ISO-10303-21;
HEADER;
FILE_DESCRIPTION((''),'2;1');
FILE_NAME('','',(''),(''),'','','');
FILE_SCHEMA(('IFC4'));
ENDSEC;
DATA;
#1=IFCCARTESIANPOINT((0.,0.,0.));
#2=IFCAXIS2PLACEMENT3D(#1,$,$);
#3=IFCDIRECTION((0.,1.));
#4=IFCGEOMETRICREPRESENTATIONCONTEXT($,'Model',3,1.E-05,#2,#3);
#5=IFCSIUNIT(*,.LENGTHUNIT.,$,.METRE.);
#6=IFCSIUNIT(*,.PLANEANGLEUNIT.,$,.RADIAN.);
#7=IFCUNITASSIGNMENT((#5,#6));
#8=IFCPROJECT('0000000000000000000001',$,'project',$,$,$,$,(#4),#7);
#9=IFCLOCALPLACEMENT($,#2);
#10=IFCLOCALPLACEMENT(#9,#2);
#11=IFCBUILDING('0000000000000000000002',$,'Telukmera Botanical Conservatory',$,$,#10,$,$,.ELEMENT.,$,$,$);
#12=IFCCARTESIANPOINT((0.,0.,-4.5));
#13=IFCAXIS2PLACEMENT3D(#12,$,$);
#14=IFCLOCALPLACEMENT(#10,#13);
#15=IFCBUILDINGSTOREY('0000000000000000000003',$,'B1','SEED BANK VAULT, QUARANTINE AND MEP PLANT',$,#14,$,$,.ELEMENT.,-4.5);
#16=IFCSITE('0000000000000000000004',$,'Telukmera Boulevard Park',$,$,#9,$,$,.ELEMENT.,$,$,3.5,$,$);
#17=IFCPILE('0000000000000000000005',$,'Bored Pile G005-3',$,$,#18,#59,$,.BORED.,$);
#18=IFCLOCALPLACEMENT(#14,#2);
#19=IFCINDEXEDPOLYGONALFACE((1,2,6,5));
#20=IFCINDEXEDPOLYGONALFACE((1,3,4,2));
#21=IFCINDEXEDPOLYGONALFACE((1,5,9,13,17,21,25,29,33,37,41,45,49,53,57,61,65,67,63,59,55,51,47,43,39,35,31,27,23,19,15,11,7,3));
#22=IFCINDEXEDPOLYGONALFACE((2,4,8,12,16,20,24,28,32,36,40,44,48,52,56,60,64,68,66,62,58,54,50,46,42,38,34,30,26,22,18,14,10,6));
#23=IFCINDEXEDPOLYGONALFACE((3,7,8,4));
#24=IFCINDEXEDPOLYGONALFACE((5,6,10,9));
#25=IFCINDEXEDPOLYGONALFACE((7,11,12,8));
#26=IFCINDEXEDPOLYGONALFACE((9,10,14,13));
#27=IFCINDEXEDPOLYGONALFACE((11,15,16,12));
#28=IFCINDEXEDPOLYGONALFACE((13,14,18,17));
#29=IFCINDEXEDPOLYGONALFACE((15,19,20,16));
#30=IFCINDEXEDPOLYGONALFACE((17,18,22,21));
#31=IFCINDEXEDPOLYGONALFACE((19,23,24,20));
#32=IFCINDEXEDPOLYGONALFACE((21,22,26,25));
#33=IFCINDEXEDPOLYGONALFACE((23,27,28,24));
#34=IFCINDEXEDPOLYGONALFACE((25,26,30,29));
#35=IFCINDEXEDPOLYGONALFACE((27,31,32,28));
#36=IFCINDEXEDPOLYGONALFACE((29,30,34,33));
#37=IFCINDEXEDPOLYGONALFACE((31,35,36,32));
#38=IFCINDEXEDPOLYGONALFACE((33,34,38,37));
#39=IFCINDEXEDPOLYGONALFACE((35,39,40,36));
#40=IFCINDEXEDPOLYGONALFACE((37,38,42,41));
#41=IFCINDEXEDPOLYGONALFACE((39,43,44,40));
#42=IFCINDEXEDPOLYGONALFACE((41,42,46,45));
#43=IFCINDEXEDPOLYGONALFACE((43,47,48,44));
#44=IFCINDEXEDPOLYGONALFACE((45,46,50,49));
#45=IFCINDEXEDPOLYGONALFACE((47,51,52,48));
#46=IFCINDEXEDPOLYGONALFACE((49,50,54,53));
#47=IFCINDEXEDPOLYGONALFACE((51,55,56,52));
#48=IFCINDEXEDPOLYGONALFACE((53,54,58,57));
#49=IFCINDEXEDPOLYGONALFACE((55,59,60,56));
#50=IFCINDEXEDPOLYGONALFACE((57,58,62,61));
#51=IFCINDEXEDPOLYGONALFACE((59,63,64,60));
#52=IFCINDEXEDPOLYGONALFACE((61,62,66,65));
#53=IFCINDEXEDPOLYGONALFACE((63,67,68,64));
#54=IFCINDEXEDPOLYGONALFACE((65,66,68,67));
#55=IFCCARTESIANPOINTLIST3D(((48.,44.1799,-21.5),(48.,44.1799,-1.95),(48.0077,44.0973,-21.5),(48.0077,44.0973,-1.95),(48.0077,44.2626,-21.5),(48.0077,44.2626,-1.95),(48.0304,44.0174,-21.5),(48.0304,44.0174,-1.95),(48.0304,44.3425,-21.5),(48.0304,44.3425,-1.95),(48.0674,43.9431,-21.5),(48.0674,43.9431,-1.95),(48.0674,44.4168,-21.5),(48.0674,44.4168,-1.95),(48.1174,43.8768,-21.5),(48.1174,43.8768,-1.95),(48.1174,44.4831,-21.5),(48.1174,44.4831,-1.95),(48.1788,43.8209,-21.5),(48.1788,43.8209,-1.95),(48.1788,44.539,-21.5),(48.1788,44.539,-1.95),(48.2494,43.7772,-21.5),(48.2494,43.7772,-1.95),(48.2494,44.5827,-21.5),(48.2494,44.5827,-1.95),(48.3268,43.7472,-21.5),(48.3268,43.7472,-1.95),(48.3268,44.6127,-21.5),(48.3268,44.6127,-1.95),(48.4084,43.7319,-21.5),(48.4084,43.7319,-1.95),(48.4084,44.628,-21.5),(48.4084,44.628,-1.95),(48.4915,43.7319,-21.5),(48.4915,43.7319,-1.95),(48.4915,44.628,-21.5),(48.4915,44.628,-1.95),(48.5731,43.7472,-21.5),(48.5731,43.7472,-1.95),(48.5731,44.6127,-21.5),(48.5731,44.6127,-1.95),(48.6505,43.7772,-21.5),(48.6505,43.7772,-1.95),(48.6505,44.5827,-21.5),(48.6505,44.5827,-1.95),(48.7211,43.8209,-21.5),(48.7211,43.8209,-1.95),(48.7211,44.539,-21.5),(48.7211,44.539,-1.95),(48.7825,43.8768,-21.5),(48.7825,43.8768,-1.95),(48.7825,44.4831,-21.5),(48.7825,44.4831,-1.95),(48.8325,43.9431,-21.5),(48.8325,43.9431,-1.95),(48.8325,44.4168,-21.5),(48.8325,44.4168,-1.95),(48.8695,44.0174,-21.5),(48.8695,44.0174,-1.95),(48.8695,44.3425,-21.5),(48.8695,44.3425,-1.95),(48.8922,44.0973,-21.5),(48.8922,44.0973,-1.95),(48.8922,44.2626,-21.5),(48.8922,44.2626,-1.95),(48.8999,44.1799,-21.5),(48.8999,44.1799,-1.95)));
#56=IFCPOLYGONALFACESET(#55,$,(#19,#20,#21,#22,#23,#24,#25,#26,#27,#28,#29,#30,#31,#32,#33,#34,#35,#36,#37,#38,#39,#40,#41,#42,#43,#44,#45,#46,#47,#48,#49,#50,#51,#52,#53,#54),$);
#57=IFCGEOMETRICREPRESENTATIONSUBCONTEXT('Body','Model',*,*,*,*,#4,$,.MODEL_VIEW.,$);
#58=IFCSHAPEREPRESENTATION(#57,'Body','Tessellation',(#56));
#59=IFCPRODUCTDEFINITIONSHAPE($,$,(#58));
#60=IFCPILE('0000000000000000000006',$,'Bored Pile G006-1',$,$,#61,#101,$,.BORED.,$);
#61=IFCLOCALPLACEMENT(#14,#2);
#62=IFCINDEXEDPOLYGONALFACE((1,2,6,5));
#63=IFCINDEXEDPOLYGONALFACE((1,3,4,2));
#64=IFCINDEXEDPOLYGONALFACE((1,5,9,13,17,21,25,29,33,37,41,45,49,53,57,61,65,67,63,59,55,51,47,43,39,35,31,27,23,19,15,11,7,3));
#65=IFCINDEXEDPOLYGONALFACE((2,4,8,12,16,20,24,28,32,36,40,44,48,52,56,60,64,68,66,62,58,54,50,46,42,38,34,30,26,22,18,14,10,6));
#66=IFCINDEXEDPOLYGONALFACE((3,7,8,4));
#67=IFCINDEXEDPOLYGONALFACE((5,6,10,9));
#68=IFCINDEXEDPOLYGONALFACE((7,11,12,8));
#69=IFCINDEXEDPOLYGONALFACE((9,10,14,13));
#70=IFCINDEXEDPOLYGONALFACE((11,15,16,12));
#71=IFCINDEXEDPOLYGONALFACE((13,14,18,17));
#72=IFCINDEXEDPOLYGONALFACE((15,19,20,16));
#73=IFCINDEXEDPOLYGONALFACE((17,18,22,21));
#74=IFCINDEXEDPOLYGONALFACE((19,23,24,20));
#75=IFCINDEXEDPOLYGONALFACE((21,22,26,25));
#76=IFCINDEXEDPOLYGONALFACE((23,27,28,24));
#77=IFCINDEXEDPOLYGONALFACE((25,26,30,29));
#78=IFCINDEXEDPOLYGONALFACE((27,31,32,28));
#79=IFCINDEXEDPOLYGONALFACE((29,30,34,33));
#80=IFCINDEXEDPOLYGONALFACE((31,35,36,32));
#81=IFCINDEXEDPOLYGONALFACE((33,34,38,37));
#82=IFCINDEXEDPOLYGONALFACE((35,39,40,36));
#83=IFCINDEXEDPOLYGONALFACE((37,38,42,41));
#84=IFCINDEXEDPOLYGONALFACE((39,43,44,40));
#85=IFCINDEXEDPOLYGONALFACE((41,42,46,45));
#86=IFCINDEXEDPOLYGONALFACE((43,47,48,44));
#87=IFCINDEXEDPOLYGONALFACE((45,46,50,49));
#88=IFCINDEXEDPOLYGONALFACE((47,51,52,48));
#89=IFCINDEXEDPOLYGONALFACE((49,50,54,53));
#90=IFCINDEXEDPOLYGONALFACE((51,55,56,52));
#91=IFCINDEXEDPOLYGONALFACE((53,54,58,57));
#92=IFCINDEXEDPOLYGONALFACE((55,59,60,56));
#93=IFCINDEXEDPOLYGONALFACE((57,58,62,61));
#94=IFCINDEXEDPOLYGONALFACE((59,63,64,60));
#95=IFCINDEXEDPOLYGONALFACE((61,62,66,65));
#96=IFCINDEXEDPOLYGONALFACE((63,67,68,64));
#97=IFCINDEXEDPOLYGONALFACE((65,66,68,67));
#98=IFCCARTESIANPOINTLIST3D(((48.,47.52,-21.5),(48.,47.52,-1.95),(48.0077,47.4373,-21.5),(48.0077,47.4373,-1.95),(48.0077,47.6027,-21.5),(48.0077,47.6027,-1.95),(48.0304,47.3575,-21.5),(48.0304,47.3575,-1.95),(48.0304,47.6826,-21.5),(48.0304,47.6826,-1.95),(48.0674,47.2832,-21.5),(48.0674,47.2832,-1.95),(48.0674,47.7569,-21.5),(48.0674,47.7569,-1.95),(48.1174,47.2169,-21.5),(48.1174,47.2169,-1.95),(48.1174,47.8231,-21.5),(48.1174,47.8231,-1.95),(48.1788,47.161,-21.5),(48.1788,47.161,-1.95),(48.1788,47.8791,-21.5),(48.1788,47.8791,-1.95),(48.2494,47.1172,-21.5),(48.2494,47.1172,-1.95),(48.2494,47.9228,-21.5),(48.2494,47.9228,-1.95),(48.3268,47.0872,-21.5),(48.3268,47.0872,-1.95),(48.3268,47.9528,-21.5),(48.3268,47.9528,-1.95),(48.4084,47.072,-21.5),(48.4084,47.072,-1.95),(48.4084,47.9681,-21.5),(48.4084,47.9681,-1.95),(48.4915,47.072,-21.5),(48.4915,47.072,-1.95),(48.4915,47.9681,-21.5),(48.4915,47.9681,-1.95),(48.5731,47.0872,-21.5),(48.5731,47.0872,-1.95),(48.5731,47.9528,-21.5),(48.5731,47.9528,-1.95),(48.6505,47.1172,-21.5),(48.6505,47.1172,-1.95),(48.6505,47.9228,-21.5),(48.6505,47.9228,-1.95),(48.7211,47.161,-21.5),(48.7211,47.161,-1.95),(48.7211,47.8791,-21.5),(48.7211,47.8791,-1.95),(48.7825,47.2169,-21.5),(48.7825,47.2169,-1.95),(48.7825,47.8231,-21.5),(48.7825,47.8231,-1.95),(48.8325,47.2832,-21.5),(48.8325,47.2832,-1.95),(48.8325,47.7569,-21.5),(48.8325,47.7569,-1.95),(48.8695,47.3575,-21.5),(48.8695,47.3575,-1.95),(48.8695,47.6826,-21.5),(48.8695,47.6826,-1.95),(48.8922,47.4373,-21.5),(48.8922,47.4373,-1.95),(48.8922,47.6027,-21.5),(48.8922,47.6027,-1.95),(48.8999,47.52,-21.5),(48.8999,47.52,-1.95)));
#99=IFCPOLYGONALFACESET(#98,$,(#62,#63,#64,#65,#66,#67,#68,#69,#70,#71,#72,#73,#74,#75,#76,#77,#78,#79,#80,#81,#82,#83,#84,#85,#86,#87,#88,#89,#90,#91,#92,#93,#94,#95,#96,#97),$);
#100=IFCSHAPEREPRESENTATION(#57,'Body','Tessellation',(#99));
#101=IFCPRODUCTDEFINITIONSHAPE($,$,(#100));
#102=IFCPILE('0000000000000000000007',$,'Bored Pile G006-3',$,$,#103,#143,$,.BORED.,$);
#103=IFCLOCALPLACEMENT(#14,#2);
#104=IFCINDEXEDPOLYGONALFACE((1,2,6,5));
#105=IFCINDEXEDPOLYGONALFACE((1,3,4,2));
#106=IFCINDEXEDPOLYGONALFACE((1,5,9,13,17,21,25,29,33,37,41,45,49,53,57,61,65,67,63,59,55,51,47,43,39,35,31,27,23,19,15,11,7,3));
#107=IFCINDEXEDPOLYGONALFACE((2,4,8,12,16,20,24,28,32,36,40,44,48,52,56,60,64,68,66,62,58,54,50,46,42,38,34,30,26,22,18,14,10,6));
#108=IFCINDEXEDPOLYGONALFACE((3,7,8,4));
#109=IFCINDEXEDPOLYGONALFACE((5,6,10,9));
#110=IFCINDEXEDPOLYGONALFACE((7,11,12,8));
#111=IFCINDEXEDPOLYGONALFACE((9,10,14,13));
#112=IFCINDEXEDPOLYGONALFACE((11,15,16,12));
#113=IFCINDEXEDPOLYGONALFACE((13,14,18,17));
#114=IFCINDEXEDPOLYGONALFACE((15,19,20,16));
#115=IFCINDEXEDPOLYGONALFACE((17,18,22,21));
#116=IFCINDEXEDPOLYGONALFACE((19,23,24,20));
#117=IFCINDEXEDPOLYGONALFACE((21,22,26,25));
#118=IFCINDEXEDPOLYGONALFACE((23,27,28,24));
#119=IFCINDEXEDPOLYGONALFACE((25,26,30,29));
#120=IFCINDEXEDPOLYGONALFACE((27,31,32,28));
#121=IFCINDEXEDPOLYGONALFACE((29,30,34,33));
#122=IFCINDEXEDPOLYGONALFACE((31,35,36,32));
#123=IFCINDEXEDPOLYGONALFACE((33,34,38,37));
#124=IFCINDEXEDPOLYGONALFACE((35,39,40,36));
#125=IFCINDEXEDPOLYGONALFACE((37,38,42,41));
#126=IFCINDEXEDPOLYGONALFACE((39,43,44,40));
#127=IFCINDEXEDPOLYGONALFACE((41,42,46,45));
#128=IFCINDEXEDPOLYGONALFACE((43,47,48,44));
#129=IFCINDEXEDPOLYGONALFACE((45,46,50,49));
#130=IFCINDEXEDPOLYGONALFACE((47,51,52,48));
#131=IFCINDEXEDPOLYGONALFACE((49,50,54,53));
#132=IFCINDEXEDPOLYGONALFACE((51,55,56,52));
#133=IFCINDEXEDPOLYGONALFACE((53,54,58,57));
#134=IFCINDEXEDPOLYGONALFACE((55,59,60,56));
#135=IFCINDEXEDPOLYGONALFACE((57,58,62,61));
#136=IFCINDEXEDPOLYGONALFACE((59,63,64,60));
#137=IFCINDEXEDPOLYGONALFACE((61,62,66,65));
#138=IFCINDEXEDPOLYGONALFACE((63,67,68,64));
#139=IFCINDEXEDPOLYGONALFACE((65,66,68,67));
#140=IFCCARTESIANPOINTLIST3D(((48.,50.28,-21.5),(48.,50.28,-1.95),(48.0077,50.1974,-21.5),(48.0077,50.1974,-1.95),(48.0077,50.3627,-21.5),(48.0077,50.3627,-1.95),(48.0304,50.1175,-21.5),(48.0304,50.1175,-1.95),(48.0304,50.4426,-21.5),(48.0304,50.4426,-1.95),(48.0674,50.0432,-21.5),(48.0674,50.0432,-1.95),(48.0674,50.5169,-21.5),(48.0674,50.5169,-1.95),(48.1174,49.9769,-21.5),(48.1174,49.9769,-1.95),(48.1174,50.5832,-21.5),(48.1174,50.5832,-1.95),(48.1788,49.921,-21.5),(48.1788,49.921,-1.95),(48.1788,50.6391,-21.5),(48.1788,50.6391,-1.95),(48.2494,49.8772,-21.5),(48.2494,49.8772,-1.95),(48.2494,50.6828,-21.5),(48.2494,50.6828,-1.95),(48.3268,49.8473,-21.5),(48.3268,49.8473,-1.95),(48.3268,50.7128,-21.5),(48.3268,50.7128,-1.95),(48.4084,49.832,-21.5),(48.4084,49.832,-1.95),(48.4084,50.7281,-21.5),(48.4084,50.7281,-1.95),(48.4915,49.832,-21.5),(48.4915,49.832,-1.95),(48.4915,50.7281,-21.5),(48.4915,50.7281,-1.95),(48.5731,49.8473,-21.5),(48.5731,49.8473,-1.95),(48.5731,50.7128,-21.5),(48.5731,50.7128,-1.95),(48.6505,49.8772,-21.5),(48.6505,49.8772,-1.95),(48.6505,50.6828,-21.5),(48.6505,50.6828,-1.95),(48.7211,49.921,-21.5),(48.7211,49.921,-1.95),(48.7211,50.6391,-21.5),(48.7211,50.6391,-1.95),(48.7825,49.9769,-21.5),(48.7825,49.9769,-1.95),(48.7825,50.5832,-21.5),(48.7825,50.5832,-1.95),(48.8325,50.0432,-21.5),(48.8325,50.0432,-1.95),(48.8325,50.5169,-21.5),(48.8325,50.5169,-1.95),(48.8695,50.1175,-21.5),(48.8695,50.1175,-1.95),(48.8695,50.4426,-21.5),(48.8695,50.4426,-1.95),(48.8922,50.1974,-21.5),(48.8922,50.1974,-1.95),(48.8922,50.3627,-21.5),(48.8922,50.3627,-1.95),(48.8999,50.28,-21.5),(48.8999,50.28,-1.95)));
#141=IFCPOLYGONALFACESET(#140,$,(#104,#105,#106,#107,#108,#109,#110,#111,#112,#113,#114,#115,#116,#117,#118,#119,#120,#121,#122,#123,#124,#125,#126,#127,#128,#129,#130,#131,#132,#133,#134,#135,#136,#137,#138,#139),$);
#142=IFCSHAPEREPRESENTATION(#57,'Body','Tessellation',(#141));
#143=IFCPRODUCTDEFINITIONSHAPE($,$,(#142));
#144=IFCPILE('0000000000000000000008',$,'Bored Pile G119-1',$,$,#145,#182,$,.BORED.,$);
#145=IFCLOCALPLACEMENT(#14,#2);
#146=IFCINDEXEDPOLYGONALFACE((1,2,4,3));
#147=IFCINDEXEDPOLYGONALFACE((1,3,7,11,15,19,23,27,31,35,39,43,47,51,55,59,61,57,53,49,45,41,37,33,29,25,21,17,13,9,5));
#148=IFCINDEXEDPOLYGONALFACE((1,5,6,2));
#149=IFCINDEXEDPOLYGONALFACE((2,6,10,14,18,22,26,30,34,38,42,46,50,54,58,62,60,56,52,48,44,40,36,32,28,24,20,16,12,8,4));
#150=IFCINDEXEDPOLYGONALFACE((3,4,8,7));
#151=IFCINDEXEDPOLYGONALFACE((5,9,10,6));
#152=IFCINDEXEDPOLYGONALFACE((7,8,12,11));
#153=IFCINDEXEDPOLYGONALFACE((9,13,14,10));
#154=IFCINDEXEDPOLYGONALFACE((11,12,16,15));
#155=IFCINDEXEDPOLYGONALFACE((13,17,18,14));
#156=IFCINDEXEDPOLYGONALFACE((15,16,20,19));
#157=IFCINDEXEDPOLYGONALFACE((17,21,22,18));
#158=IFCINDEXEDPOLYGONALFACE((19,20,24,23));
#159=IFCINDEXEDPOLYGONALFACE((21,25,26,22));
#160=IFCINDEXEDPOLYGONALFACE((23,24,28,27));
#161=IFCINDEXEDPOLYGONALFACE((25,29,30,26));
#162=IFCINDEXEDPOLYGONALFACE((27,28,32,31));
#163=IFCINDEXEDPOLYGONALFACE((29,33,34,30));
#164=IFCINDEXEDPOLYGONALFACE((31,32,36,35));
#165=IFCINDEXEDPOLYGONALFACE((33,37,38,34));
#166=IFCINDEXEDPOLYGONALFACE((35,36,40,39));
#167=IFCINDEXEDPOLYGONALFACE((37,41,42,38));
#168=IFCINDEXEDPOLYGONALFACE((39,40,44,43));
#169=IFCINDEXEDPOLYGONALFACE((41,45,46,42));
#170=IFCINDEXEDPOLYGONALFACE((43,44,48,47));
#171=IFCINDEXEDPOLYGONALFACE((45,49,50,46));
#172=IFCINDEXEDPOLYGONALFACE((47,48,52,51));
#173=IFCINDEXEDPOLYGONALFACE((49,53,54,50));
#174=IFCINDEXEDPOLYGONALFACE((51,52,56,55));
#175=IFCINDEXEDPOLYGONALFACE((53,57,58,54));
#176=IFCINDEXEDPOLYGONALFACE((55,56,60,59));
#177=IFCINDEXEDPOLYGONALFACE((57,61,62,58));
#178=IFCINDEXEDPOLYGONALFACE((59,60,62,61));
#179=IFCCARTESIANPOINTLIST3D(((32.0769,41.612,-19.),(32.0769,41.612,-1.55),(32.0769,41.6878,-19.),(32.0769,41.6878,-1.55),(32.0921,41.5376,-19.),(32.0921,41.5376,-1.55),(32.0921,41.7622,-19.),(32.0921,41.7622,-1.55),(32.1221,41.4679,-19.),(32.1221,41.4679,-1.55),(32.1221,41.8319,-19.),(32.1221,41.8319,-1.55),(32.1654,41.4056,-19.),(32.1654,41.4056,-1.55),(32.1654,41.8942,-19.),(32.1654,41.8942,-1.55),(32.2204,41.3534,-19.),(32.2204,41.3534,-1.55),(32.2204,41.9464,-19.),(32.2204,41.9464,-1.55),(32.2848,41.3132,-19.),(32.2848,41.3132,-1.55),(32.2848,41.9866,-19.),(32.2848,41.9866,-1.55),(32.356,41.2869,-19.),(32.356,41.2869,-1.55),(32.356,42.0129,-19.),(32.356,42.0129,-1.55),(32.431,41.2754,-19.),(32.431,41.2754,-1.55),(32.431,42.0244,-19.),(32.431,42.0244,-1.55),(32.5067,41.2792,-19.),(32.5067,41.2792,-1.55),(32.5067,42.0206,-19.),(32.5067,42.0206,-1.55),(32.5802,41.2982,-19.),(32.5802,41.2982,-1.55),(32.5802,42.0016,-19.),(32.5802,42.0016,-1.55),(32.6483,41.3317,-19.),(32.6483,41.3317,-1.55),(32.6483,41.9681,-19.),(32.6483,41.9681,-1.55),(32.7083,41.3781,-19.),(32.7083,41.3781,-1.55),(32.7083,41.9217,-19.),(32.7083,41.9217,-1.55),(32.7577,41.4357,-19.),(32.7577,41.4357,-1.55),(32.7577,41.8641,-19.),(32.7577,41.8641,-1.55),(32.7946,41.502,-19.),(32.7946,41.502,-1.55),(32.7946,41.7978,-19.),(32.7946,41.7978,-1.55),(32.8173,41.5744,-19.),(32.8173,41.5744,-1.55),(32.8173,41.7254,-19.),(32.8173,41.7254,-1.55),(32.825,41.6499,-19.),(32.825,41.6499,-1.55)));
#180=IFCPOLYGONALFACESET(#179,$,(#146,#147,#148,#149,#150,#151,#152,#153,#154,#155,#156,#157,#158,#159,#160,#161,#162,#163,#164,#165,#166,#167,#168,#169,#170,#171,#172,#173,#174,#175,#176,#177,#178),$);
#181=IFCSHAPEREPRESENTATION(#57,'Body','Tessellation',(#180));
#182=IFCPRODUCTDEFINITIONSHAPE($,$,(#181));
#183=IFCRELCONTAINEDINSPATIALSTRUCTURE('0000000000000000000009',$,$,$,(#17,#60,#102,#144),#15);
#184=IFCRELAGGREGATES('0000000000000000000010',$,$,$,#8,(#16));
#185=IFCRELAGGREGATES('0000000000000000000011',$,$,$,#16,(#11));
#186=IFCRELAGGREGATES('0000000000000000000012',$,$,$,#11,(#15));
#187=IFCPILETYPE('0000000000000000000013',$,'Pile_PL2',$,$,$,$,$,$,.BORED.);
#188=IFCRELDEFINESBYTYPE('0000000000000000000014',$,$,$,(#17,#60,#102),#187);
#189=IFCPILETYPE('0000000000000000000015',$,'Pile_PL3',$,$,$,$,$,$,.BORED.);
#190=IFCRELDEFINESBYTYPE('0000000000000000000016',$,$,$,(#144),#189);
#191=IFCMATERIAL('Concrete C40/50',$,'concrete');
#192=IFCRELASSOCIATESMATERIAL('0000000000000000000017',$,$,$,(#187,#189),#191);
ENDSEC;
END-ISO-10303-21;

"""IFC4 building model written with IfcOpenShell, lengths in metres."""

from ifc_helpers import new_model, si_unit, direction, frame, origin, origin_2d, place, context, subcontext, project, spatial, circle, extrude, material, material_profile, profile_set, type_object, element, save


model = new_model("IFC4")

# Units and contexts
model_context = context("Model", 3, precision=1e-05, world=origin(), true_north=direction((0.0, 1.0)))
body_context = subcontext(model_context, "Body", "Model", "MODEL_VIEW")
ifc_project = project(units=[si_unit("LENGTHUNIT", "METRE"), si_unit("PLANEANGLEUNIT", "RADIAN")], contexts=[model_context])

# Site, building, storey
site_placement = place(None, origin())
site = spatial("IfcSite", under=ifc_project, at=site_placement, Name="Telukmera Boulevard Park", CompositionType="ELEMENT", RefElevation=3.5)
building_placement = place(site_placement, origin())
building = spatial("IfcBuilding", under=site, at=building_placement, Name="Telukmera Botanical Conservatory", CompositionType="ELEMENT")
storey_placement = place(building_placement, frame((0.0, 0.0, -4.5)))
storey = spatial("IfcBuildingStorey", under=building, at=storey_placement, Name="B1", Description="SEED BANK VAULT, QUARANTINE AND MEP PLANT", CompositionType="ELEMENT", Elevation=-4.5)

# Shared definitions
ifc_material_1 = material(Name="Concrete C40/50", Category="concrete")

# Piles
ifc_material_profile_1 = material_profile(ifc_material_1, circle(Radius=0.45, at=origin_2d()), Name="PILE D900")
ifc_profile_set_1 = profile_set([ifc_material_profile_1], Name="Concrete C40/50")
pile_type_1 = type_object("IfcPileType", Name="Pile_PL2", PredefinedType="BORED", material=ifc_profile_set_1)
for number, where, z_axis, x_axis, name in (
    (1, (48.45, 44.1799, -1.95), (0.0, 0.0, -1.0), (1.0, 0.0, 0.0), "Bored Pile G005-3"),
    (2, (48.45, 47.52, -1.95), (0.0, 0.0, -1.0), (1.0, 0.0, 0.0), "Bored Pile G006-1"),
    (3, (48.45, 50.28, -1.95), (0.0, 0.0, -1.0), (1.0, 0.0, 0.0), "Bored Pile G006-3"),
):
    element("IfcPile", number, at=place(storey_placement, frame(where, z_axis=z_axis, x_axis=x_axis)), inside=storey, type_object=pile_type_1, Name=name, PredefinedType="BORED", context=body_context, shape_type="SweptSolid", body=[
        extrude(circle(Radius=0.45, at=origin_2d()), origin(), (0.0, 0.0, 1.0), 19.55),
    ])
ifc_material_profile_2 = material_profile(ifc_material_1, circle(Radius=0.375, at=origin_2d()), Name="PILE D750")
ifc_profile_set_2 = profile_set([ifc_material_profile_2], Name="Concrete C40/50")
pile_type_2 = type_object("IfcPileType", Name="Pile_PL3", PredefinedType="BORED", material=ifc_profile_set_2)
for number, where, z_axis, x_axis, name in (
    (4, (32.45, 41.6499, -1.55), (0.0, 0.0, -1.0), (1.0, 0.0, 0.0), "Bored Pile G119-1"),
):
    element("IfcPile", number, at=place(storey_placement, frame(where, z_axis=z_axis, x_axis=x_axis)), inside=storey, type_object=pile_type_2, Name=name, PredefinedType="BORED", context=body_context, shape_type="SweptSolid", body=[
        extrude(circle(Radius=0.375, at=origin_2d()), origin(), (0.0, 0.0, 1.0), 17.45),
    ])

save(model, "model.ifc")
